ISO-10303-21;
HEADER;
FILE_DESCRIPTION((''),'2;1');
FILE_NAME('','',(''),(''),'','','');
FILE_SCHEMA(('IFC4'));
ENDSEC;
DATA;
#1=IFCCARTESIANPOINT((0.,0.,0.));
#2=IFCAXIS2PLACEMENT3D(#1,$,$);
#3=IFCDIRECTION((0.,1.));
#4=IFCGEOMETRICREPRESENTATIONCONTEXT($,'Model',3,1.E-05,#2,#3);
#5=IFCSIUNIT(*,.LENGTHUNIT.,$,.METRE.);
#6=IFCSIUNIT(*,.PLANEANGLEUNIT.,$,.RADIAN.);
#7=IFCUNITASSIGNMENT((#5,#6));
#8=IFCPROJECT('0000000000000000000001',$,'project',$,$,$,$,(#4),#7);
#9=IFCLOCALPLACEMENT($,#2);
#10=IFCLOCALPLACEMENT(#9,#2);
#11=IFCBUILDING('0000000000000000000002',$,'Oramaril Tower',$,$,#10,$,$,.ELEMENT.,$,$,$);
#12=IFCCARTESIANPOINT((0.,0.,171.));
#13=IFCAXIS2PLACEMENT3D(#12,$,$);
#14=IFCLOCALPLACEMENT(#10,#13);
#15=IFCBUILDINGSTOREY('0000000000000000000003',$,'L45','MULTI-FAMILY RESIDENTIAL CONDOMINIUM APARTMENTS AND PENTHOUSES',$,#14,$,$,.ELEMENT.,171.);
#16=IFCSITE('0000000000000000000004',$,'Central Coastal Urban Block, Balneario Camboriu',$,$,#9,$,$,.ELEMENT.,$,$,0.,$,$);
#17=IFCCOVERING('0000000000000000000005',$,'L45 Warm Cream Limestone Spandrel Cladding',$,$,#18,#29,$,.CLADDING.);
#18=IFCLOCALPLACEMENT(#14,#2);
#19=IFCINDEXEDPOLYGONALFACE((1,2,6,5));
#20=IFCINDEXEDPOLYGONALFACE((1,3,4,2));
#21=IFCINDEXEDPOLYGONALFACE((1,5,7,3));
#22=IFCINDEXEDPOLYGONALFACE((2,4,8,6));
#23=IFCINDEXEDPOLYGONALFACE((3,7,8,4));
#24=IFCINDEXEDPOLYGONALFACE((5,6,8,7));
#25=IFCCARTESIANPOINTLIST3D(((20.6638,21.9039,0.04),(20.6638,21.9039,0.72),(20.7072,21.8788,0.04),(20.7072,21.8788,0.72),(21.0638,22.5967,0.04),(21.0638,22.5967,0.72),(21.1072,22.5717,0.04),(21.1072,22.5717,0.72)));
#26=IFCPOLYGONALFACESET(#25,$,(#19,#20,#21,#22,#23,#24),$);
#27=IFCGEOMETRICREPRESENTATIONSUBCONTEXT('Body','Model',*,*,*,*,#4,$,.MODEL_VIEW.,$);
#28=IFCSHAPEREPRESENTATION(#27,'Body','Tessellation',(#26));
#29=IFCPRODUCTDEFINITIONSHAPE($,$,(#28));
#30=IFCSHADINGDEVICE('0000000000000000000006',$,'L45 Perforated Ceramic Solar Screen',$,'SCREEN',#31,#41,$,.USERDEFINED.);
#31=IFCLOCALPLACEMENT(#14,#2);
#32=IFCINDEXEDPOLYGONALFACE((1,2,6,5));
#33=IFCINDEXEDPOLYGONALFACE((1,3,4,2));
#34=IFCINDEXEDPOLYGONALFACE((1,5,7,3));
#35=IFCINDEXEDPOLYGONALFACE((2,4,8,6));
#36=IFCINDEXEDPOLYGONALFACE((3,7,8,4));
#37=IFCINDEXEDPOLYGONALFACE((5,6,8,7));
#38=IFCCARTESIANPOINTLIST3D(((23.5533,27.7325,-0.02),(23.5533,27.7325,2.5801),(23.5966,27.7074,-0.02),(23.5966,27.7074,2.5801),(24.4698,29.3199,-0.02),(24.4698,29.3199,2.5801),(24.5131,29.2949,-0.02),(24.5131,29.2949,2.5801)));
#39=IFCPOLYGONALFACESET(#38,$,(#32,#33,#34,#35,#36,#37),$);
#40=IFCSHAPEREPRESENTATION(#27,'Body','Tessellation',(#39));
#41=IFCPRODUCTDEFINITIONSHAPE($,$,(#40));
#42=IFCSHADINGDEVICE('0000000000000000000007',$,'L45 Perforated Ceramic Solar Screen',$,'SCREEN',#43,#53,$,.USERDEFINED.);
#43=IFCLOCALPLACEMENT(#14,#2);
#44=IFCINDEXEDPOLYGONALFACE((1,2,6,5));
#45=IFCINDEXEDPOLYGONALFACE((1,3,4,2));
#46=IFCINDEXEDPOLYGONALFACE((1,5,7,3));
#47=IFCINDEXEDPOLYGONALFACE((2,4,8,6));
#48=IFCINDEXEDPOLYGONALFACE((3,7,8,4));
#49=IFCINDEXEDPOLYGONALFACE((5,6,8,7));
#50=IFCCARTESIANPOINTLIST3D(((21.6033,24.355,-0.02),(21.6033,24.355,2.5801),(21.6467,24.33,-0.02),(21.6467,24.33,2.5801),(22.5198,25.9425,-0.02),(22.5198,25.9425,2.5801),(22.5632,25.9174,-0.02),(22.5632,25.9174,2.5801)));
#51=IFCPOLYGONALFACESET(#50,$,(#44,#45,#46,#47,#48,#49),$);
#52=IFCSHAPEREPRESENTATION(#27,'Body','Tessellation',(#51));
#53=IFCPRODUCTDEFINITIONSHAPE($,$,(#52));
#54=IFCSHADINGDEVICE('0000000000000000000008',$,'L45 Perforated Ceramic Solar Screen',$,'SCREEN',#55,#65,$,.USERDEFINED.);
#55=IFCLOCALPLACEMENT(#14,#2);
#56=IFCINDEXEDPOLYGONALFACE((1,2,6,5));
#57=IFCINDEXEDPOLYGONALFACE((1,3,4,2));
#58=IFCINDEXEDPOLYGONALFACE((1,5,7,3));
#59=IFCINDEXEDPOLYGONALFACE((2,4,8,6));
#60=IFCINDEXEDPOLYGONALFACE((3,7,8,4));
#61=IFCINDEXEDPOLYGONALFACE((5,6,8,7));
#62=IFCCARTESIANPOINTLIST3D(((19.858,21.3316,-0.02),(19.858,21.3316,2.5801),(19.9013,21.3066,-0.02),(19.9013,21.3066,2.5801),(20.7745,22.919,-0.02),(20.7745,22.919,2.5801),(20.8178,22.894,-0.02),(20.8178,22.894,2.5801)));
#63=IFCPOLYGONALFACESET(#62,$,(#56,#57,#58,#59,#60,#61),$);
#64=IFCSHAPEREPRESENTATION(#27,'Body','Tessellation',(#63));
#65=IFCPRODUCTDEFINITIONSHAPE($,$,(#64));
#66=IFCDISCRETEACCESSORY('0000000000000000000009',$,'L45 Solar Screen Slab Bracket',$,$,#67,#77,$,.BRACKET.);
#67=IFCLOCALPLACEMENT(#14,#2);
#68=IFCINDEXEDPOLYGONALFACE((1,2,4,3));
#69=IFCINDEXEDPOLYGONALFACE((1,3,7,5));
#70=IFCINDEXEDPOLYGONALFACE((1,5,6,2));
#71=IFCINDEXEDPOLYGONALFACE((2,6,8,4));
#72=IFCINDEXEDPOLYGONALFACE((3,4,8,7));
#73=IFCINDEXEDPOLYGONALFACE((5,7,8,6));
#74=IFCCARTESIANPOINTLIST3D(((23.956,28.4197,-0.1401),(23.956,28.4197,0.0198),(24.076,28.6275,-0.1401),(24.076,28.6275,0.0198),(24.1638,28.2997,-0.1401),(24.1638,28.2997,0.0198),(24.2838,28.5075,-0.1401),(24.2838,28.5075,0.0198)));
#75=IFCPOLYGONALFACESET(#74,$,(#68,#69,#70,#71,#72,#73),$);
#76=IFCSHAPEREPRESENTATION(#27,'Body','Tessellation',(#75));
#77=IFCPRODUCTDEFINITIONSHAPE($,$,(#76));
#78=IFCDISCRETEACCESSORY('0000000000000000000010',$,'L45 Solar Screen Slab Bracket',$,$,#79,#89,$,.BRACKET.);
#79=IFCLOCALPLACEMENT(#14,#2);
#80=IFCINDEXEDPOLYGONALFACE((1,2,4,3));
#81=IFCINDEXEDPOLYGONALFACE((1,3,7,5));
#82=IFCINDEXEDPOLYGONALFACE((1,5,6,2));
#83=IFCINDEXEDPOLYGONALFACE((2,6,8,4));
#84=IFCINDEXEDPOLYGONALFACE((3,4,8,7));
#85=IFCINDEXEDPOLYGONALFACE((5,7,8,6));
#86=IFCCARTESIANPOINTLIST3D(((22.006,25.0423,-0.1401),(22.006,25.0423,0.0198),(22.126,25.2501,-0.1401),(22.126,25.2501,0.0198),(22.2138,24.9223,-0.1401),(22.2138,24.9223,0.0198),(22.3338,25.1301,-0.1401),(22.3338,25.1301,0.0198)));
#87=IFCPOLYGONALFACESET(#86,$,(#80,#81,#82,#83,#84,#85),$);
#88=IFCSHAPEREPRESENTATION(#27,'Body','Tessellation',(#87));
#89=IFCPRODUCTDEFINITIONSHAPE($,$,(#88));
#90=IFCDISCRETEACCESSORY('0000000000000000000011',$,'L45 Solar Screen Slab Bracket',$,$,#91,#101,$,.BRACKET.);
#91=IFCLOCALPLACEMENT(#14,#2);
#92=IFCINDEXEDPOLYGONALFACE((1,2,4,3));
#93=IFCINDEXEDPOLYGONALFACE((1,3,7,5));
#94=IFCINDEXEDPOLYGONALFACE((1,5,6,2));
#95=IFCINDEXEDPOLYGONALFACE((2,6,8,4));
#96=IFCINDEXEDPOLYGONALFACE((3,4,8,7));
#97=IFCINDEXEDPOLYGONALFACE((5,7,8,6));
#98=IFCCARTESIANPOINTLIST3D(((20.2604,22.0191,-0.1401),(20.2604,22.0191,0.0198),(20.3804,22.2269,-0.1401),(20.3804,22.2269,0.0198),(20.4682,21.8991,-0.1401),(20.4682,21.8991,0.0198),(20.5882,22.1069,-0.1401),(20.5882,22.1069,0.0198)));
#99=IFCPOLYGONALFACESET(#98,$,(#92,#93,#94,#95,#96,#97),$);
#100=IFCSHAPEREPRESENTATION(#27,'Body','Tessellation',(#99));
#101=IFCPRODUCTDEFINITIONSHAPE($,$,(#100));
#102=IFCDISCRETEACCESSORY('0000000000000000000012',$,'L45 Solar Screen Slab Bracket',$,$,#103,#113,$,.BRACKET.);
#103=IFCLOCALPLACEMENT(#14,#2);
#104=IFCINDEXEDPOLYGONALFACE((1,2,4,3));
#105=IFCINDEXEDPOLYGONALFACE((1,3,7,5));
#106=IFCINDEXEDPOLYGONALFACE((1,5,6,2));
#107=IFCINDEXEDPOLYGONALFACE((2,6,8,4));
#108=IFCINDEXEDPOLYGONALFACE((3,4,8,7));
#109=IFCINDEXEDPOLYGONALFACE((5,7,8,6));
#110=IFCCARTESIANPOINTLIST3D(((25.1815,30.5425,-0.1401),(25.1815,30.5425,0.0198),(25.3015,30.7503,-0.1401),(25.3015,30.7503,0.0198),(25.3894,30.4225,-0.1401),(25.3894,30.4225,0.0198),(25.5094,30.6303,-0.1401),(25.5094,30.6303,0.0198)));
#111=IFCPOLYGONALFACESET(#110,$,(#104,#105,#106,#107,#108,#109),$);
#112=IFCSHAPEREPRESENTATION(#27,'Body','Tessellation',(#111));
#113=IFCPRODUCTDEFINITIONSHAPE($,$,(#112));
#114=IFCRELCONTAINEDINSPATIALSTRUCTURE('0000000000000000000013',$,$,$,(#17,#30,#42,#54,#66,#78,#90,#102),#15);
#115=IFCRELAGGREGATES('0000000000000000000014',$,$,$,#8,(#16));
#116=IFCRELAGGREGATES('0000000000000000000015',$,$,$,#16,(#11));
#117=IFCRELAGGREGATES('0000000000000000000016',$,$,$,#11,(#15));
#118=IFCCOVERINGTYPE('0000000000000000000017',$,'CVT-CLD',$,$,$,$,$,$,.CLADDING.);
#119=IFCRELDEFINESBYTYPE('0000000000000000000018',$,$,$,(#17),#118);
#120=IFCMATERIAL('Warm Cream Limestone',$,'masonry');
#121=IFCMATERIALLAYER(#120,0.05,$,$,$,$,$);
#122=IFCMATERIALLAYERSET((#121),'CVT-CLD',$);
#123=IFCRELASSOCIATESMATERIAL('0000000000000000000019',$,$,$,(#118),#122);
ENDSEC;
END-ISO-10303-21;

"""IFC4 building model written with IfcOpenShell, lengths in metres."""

from ifc_helpers import new_model, si_unit, direction, frame, origin, origin_2d, place, context, subcontext, project, spatial, rectangle, extrude, material, layer, layer_set, type_object, element, save


model = new_model("IFC4")

# Units and contexts
model_context = context("Model", 3, precision=1e-05, world=origin(), true_north=direction((0.0, 1.0)))
body_context = subcontext(model_context, "Body", "Model", "MODEL_VIEW")
ifc_project = project(units=[si_unit("LENGTHUNIT", "METRE"), si_unit("PLANEANGLEUNIT", "RADIAN")], contexts=[model_context])

# Site, building, storey
site_placement = place(None, origin())
site = spatial("IfcSite", under=ifc_project, at=site_placement, Name="Central Coastal Urban Block, Balneario Camboriu", CompositionType="ELEMENT", RefElevation=0.0)
building_placement = place(site_placement, origin())
building = spatial("IfcBuilding", under=site, at=building_placement, Name="Oramaril Tower", CompositionType="ELEMENT")
storey_placement = place(building_placement, frame((0.0, 0.0, 171.0)))
storey = spatial("IfcBuildingStorey", under=building, at=storey_placement, Name="L45", Description="MULTI-FAMILY RESIDENTIAL CONDOMINIUM APARTMENTS AND PENTHOUSES", CompositionType="ELEMENT", Elevation=171.0)

# Covering
ifc_material_1 = material(Name="Warm Cream Limestone", Category="masonry")
ifc_layer_1 = layer(ifc_material_1, 0.05)
ifc_layer_set_1 = layer_set([ifc_layer_1], Name="CVT-CLD")
covering_type = type_object("IfcCoveringType", Name="CVT-CLD", PredefinedType="CLADDING", material=ifc_layer_set_1)
covering_placement = place(storey_placement, frame((20.8855, 22.2378, 0.04), z_axis=(0.0, 0.0, 1.0), x_axis=(-0.5, -0.866025, 0.0)))
element("IfcCovering", 1, at=covering_placement, inside=storey, type_object=covering_type, Name="L45 Warm Cream Limestone Spandrel Cladding", PredefinedType="CLADDING", context=body_context, shape_type="SweptSolid", body=[
    extrude(rectangle(XDim=0.8, YDim=0.05, at=origin_2d()), origin(), (0.0, 0.0, 1.0), 0.6799),
])

# Shading devices
for number, where, z_axis, x_axis, name in (
    (2, (24.0332, 28.5137, -0.02), (0.0, 0.0, 1.0), (-0.5, -0.866025, 0.0), "L45 Perforated Ceramic Solar Screen"),
    (3, (22.0833, 25.1362, -0.02), (0.0, 0.0, 1.0), (-0.5, -0.866025, 0.0), "L45 Perforated Ceramic Solar Screen"),
    (4, (20.3379, 22.1128, -0.02), (0.0, 0.0, 1.0), (-0.5, -0.866025, 0.0), "L45 Perforated Ceramic Solar Screen"),
):
    element("IfcShadingDevice", number, at=place(storey_placement, frame(where, z_axis=z_axis, x_axis=x_axis)), inside=storey, Name=name, ObjectType="SCREEN", PredefinedType="USERDEFINED", context=body_context, shape_type="SweptSolid", body=[
        extrude(rectangle(XDim=1.833, YDim=0.05, at=origin_2d()), origin(), (0.0, 0.0, 1.0), 2.6001),
    ])

# Discrete accessories
for number, where, z_axis, x_axis, name in (
    (5, (24.1199, 28.4636, -0.1401), (0.0, 0.0, 1.0), (-0.5, -0.866025, 0.0), "L45 Solar Screen Slab Bracket"),
    (6, (22.1699, 25.0862, -0.1401), (0.0, 0.0, 1.0), (-0.5, -0.866025, 0.0), "L45 Solar Screen Slab Bracket"),
    (7, (20.4243, 22.063, -0.1401), (0.0, 0.0, 1.0), (-0.5, -0.866025, 0.0), "L45 Solar Screen Slab Bracket"),
    (8, (25.3455, 30.5864, -0.1401), (0.0, 0.0, 1.0), (-0.5, -0.866025, 0.0), "L45 Solar Screen Slab Bracket"),
):
    element("IfcDiscreteAccessory", number, at=place(storey_placement, frame(where, z_axis=z_axis, x_axis=x_axis)), inside=storey, Name=name, PredefinedType="BRACKET", context=body_context, shape_type="SweptSolid", body=[
        extrude(rectangle(XDim=0.24, YDim=0.24, at=origin_2d()), origin(), (0.0, 0.0, 1.0), 0.1599),
    ])

save(model, "model.ifc")
